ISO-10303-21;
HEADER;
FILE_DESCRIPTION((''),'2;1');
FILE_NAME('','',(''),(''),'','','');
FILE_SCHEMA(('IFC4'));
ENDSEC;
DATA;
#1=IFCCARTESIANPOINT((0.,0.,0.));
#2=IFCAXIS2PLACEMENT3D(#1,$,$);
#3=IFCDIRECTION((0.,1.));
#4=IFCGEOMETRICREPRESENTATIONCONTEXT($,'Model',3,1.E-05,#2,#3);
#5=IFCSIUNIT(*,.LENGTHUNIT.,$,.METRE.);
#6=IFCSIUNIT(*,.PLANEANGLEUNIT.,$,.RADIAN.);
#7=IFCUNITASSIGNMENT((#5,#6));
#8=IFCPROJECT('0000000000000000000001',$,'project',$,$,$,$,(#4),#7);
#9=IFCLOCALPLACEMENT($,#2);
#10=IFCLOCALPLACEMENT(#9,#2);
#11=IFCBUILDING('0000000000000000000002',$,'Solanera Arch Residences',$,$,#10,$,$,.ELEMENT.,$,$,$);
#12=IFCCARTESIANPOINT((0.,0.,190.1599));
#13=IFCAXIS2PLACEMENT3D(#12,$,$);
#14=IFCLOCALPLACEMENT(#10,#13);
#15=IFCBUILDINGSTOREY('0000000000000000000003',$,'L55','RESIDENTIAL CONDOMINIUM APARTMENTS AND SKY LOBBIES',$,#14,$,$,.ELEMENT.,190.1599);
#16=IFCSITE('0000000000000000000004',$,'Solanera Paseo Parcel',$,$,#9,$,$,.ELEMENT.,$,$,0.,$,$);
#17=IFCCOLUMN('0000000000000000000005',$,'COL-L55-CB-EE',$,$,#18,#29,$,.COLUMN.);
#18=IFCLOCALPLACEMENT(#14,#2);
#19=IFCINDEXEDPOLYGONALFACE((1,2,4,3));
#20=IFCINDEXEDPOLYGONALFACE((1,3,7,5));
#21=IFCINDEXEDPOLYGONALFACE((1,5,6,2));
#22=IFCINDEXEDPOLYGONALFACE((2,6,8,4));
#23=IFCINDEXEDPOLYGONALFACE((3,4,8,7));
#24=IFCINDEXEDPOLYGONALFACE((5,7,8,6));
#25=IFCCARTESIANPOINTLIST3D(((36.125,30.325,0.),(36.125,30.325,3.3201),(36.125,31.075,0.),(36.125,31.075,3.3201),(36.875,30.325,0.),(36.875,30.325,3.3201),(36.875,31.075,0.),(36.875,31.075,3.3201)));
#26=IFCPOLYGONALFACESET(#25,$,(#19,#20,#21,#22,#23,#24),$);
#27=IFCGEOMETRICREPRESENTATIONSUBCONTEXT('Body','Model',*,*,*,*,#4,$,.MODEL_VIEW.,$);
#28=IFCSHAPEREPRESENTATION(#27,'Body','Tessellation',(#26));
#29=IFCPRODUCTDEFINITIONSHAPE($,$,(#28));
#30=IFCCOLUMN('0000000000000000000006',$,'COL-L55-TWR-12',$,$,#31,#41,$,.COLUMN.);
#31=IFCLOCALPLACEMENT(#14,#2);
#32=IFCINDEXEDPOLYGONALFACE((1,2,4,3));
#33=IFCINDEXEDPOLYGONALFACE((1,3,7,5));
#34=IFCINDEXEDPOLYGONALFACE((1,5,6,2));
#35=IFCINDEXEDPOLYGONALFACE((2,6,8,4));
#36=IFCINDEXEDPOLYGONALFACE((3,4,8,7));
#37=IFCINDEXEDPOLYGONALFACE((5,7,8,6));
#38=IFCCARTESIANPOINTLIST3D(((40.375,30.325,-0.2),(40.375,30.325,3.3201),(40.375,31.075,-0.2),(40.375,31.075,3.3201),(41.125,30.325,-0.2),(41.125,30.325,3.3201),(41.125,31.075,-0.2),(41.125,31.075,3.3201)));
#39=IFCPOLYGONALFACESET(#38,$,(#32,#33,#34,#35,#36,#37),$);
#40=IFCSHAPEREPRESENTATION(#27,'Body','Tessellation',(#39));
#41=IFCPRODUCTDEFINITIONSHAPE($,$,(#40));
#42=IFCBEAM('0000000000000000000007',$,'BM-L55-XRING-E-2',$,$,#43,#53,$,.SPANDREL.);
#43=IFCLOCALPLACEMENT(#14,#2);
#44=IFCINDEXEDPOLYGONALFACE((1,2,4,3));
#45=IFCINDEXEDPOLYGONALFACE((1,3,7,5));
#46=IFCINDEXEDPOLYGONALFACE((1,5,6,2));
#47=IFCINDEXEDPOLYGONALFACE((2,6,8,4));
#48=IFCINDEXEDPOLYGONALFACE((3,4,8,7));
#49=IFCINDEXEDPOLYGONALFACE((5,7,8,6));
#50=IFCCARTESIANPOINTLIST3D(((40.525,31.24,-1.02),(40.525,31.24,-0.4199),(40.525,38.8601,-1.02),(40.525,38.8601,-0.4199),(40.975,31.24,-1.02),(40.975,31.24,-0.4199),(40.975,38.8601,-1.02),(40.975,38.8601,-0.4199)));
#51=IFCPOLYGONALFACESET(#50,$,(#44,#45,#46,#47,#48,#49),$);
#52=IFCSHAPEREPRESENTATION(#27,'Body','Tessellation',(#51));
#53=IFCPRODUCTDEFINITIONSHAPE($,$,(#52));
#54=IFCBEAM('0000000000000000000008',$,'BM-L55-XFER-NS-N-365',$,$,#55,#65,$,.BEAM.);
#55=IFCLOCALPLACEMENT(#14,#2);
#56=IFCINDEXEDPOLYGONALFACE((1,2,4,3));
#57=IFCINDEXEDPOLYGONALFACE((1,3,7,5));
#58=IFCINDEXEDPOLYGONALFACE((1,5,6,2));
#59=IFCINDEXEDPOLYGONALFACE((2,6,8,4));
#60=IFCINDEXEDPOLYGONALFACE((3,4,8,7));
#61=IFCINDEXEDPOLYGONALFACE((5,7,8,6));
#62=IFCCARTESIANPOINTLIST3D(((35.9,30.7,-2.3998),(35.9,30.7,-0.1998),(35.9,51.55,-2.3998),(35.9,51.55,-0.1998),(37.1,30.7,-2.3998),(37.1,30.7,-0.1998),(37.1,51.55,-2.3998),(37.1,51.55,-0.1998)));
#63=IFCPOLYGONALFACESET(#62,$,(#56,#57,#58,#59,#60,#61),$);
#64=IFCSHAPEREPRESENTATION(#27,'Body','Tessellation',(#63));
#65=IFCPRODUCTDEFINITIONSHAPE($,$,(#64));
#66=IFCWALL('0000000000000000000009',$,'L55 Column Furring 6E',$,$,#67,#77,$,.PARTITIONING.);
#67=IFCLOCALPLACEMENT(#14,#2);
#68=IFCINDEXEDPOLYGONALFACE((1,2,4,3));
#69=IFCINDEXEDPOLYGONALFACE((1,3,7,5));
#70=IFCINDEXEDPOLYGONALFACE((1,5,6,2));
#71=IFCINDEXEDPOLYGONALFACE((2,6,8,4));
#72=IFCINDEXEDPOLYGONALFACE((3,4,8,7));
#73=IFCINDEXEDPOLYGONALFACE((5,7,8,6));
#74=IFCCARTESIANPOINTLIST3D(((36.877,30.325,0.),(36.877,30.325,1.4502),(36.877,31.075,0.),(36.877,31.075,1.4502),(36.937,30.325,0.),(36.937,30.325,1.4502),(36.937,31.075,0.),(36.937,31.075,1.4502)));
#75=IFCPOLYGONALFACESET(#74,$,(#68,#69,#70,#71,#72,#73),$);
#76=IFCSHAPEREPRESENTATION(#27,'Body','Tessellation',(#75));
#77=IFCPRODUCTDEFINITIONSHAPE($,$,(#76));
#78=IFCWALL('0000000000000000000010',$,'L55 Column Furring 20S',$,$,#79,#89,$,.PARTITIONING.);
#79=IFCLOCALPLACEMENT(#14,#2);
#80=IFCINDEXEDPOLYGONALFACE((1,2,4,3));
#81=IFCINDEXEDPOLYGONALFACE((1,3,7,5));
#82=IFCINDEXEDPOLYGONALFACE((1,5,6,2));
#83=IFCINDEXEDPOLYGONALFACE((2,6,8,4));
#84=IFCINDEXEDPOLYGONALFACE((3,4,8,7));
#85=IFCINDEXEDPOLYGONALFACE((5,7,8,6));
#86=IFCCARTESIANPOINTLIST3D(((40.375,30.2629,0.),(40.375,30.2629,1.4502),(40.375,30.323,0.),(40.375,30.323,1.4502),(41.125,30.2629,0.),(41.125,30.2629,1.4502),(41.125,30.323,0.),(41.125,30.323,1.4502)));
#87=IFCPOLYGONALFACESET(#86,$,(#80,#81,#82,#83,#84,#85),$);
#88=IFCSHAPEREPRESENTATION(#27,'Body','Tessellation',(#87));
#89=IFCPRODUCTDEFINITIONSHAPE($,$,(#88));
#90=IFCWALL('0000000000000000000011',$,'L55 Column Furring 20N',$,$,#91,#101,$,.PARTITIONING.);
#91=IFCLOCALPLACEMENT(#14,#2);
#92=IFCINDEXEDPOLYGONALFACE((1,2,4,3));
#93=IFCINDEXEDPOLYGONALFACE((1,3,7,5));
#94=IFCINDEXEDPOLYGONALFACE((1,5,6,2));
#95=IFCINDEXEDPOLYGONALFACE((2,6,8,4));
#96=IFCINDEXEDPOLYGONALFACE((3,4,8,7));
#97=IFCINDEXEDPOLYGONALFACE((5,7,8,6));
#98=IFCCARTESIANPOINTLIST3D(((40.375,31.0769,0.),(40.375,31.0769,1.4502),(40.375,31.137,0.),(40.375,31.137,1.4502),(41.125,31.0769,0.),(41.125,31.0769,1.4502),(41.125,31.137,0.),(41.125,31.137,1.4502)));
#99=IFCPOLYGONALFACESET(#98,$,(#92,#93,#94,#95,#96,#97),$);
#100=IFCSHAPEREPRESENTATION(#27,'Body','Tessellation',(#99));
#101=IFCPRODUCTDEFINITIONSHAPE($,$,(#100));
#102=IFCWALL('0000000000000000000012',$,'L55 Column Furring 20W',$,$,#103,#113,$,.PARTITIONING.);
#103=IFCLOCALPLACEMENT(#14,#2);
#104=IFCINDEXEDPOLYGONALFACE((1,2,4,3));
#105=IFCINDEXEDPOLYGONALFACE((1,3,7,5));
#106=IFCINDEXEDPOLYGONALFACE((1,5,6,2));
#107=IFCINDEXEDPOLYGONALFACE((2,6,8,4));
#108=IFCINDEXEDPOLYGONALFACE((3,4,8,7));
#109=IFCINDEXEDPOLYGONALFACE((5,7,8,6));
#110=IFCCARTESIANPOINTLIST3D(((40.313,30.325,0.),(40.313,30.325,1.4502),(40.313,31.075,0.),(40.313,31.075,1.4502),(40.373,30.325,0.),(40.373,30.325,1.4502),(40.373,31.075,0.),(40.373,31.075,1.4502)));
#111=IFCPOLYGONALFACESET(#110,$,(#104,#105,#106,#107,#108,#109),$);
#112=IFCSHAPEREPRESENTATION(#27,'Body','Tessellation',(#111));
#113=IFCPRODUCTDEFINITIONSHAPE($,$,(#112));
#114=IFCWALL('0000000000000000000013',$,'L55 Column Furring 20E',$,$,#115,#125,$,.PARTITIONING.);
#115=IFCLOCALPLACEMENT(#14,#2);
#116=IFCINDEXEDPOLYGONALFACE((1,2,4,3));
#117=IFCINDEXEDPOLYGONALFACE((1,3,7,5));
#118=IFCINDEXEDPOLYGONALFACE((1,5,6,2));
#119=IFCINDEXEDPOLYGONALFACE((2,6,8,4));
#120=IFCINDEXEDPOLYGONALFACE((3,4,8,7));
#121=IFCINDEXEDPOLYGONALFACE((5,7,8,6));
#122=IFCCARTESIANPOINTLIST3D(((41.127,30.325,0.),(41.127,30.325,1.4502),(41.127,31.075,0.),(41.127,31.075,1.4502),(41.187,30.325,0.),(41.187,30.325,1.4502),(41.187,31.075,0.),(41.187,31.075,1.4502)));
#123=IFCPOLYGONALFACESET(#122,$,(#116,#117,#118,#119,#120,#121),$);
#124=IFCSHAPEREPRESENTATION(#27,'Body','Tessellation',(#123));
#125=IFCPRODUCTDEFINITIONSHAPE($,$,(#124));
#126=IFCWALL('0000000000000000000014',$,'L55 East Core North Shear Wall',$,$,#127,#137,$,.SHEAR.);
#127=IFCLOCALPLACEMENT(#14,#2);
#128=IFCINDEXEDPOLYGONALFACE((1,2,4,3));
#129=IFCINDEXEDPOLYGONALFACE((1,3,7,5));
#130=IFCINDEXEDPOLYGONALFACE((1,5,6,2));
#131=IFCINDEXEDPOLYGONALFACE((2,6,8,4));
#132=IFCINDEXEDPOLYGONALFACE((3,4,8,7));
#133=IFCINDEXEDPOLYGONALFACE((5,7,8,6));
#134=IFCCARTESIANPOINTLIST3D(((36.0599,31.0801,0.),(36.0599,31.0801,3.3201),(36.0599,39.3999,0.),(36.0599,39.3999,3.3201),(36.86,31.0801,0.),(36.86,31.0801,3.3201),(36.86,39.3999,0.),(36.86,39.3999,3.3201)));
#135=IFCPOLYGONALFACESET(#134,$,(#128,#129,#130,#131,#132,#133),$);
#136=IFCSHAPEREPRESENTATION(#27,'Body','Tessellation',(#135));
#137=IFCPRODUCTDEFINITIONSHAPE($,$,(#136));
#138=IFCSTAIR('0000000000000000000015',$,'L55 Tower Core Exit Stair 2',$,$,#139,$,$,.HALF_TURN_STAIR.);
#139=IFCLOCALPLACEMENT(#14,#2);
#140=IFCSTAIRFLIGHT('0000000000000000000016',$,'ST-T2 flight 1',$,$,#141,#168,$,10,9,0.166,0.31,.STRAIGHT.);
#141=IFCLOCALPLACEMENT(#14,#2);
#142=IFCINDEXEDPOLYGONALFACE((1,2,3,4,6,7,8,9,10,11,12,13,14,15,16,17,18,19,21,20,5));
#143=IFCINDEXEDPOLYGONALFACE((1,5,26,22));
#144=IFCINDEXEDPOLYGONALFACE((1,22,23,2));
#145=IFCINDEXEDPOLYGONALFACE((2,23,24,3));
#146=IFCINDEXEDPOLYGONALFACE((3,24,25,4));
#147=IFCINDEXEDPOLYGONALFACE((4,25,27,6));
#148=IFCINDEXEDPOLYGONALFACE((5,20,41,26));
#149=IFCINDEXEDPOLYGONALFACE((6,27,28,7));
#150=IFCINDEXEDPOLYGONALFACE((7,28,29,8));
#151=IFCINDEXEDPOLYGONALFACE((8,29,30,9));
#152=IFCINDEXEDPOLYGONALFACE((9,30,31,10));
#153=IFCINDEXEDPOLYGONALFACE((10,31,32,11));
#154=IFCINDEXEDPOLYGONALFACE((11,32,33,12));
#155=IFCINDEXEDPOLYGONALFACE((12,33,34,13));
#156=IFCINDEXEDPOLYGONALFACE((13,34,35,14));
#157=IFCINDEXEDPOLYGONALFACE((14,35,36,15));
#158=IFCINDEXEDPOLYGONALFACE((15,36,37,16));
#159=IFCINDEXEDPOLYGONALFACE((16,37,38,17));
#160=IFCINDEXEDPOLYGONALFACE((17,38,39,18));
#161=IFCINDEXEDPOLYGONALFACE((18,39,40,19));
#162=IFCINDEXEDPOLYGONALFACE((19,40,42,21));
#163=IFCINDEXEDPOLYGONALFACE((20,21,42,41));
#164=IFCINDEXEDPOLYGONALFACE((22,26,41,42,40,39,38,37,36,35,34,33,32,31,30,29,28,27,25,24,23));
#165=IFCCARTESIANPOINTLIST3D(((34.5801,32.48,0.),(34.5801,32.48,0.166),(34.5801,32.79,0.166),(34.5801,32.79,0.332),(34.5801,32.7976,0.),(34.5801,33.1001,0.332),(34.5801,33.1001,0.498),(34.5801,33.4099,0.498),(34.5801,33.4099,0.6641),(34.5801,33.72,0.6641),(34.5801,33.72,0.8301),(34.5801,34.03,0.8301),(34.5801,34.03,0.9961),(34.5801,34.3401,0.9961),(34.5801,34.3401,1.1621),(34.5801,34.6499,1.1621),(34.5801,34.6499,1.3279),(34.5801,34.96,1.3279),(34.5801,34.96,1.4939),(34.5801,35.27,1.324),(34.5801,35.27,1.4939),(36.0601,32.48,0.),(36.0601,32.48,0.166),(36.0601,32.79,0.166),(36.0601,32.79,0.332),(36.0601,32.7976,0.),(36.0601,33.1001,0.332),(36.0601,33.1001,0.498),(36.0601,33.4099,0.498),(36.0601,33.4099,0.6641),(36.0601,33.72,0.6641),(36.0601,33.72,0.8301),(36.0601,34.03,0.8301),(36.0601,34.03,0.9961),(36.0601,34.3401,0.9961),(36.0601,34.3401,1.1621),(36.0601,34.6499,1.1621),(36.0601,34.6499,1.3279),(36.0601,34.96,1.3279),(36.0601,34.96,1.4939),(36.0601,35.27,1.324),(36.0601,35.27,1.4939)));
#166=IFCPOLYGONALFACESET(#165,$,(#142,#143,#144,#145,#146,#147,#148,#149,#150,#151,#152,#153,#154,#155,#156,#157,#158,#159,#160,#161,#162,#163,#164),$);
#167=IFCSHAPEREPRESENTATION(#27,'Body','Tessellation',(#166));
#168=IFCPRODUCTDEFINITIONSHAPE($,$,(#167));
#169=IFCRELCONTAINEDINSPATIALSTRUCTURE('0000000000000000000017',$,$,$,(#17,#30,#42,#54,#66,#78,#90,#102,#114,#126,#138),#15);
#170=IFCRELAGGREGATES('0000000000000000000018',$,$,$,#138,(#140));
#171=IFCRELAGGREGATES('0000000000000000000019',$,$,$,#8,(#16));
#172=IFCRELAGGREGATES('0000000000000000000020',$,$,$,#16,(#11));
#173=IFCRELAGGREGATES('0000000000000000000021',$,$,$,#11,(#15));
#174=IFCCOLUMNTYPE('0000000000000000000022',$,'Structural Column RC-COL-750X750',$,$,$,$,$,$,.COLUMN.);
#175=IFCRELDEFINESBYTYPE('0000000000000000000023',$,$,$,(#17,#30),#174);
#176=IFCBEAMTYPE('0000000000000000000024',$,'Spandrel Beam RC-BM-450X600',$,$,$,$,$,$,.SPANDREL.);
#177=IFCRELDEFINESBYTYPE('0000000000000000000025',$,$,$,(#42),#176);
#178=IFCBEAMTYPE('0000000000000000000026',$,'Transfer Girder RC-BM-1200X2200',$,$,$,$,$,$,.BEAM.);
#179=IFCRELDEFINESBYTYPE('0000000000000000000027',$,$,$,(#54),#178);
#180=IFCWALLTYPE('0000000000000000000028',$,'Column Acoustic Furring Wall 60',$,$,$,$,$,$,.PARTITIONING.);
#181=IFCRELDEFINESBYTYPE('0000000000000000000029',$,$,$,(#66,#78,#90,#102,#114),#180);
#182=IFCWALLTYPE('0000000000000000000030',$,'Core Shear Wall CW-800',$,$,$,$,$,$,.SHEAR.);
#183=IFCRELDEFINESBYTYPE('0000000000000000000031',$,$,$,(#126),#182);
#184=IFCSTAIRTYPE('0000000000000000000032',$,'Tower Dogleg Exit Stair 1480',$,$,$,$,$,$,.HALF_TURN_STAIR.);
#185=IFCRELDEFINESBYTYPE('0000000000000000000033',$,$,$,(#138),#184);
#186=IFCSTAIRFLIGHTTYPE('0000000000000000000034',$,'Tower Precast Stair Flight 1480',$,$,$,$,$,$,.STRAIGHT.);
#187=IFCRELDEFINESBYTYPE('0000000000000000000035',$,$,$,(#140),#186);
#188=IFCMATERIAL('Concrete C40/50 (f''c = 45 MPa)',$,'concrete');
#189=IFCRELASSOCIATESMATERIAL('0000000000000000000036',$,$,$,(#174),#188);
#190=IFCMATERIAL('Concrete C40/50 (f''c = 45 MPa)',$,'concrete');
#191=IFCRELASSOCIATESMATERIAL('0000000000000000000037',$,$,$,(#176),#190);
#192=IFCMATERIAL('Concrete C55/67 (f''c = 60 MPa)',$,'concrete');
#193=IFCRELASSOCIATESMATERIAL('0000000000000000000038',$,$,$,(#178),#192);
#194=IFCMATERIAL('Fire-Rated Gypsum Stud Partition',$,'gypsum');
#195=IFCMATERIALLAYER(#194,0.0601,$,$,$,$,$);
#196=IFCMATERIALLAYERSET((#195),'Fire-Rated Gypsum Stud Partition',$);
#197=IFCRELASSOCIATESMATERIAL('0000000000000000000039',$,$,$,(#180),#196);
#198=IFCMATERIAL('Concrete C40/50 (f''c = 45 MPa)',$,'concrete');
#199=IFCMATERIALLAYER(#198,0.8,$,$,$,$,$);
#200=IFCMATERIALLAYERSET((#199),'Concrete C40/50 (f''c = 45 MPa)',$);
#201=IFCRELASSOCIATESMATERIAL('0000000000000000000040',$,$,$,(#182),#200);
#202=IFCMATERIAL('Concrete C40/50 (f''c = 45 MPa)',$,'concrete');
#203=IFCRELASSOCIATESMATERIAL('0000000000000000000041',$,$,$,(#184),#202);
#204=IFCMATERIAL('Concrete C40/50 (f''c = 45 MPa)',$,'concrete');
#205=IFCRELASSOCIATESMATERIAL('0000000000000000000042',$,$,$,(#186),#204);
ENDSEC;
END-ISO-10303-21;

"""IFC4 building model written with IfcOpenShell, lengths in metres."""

from ifc_helpers import new_model, si_unit, direction, frame, frame_2d, origin, origin_2d, place, context, subcontext, project, spatial, polyline, rectangle, outline, extrude, material, layer, layer_set, material_profile, profile_set, type_object, element, aggregate, save


model = new_model("IFC4")

# Units and contexts
model_context = context("Model", 3, precision=1e-05, world=origin(), true_north=direction((0.0, 1.0)))
body_context = subcontext(model_context, "Body", "Model", "MODEL_VIEW")
ifc_project = project(units=[si_unit("LENGTHUNIT", "METRE"), si_unit("PLANEANGLEUNIT", "RADIAN")], contexts=[model_context])

# Site, building, storey
site_placement = place(None, origin())
site = spatial("IfcSite", under=ifc_project, at=site_placement, Name="Solanera Paseo Parcel", CompositionType="ELEMENT", RefElevation=0.0)
building_placement = place(site_placement, origin())
building = spatial("IfcBuilding", under=site, at=building_placement, Name="Solanera Arch Residences", CompositionType="ELEMENT")
storey_placement = place(building_placement, frame((0.0, 0.0, 190.1599)))
storey = spatial("IfcBuildingStorey", under=building, at=storey_placement, Name="L55", Description="RESIDENTIAL CONDOMINIUM APARTMENTS AND SKY LOBBIES", CompositionType="ELEMENT", Elevation=190.1599)

# Columns
ifc_material_1 = material(Name="Concrete C40/50 (f'c = 45 MPa)", Category="concrete")
ifc_material_profile_1 = material_profile(ifc_material_1, rectangle(XDim=0.75, YDim=0.75, at=origin_2d()))
ifc_profile_set_1 = profile_set([ifc_material_profile_1], Name="Concrete C40/50 (f'c = 45 MPa)")
column_type = type_object("IfcColumnType", Name="Structural Column RC-COL-750X750", PredefinedType="COLUMN", material=ifc_profile_set_1)
column_1_placement = place(storey_placement, frame((36.5, 30.7, 0.0), z_axis=(0.0, 0.0, 1.0), x_axis=(1.0, 0.0, 0.0)))
element("IfcColumn", 1, at=column_1_placement, inside=storey, type_object=column_type, Name="COL-L55-CB-EE", PredefinedType="COLUMN", context=body_context, shape_type="SweptSolid", body=[
    extrude(rectangle(XDim=0.75, YDim=0.75, at=origin_2d()), origin(), (0.0, 0.0, 1.0), 3.3201),
])
column_2_placement = place(storey_placement, frame((40.75, 30.7, -0.2), z_axis=(0.0, 0.0, 1.0), x_axis=(1.0, 0.0, 0.0)))
element("IfcColumn", 2, at=column_2_placement, inside=storey, type_object=column_type, Name="COL-L55-TWR-12", PredefinedType="COLUMN", context=body_context, shape_type="SweptSolid", body=[
    extrude(rectangle(XDim=0.75, YDim=0.75, at=origin_2d()), origin(), (0.0, 0.0, 1.0), 3.52),
])

# Beams
ifc_material_2 = material(Name="Concrete C40/50 (f'c = 45 MPa)", Category="concrete")
ifc_material_profile_2 = material_profile(ifc_material_2, rectangle(XDim=0.45, YDim=0.6001, at=origin_2d()))
ifc_profile_set_2 = profile_set([ifc_material_profile_2], Name="Concrete C40/50 (f'c = 45 MPa)")
beam_type_1 = type_object("IfcBeamType", Name="Spandrel Beam RC-BM-450X600", PredefinedType="SPANDREL", material=ifc_profile_set_2)
beam_1_placement = place(storey_placement, frame((40.75, 31.24, -0.72), z_axis=(0.0, 1.0, 0.0), x_axis=(-1.0, 0.0, 0.0)))
element("IfcBeam", 3, at=beam_1_placement, inside=storey, type_object=beam_type_1, Name="BM-L55-XRING-E-2", PredefinedType="SPANDREL", context=body_context, shape_type="SweptSolid", body=[
    extrude(rectangle(XDim=0.45, YDim=0.6001, at=origin_2d()), origin(), (0.0, 0.0, 1.0), 7.6201),
])
ifc_material_3 = material(Name="Concrete C55/67 (f'c = 60 MPa)", Category="concrete")
ifc_material_profile_3 = material_profile(ifc_material_3, rectangle(XDim=1.2, YDim=2.2, at=origin_2d()))
ifc_profile_set_3 = profile_set([ifc_material_profile_3], Name="Concrete C55/67 (f'c = 60 MPa)")
beam_type_2 = type_object("IfcBeamType", Name="Transfer Girder RC-BM-1200X2200", PredefinedType="BEAM", material=ifc_profile_set_3)
beam_2_placement = place(storey_placement, frame((36.5, 30.7, -1.2998), z_axis=(0.0, 1.0, 0.0), x_axis=(-1.0, 0.0, 0.0)))
element("IfcBeam", 4, at=beam_2_placement, inside=storey, type_object=beam_type_2, Name="BM-L55-XFER-NS-N-365", PredefinedType="BEAM", context=body_context, shape_type="SweptSolid", body=[
    extrude(rectangle(XDim=1.2, YDim=2.2, at=origin_2d()), origin(), (0.0, 0.0, 1.0), 20.8501),
])

# Walls
ifc_material_4 = material(Name="Fire-Rated Gypsum Stud Partition", Category="gypsum")
ifc_layer_1 = layer(ifc_material_4, 0.0601)
ifc_layer_set_1 = layer_set([ifc_layer_1], Name="Fire-Rated Gypsum Stud Partition")
wall_type_1 = type_object("IfcWallType", Name="Column Acoustic Furring Wall 60", PredefinedType="PARTITIONING", material=ifc_layer_set_1)
for number, where, z_axis, x_axis, name in (
    (5, (36.907, 30.325, 0.0), (0.0, 0.0, 1.0), (0.0, 1.0, 0.0), "L55 Column Furring 6E"),
    (6, (40.375, 30.293, 0.0), (0.0, 0.0, 1.0), (1.0, 0.0, 0.0), "L55 Column Furring 20S"),
    (7, (40.375, 31.1069, 0.0), (0.0, 0.0, 1.0), (1.0, 0.0, 0.0), "L55 Column Furring 20N"),
    (8, (40.343, 30.325, 0.0), (0.0, 0.0, 1.0), (0.0, 1.0, 0.0), "L55 Column Furring 20W"),
    (9, (41.157, 30.325, 0.0), (0.0, 0.0, 1.0), (0.0, 1.0, 0.0), "L55 Column Furring 20E"),
):
    element("IfcWall", number, at=place(storey_placement, frame(where, z_axis=z_axis, x_axis=x_axis)), inside=storey, type_object=wall_type_1, Name=name, PredefinedType="PARTITIONING", context=body_context, shape_type="SweptSolid", body=[
        extrude(rectangle(XDim=0.75, YDim=0.0601, at=frame_2d((0.375, 0.0))), origin(), (0.0, 0.0, 1.0), 1.4502),
    ])

# Wall
ifc_material_5 = material(Name="Concrete C40/50 (f'c = 45 MPa)", Category="concrete")
ifc_layer_2 = layer(ifc_material_5, 0.8)
ifc_layer_set_2 = layer_set([ifc_layer_2], Name="Concrete C40/50 (f'c = 45 MPa)")
wall_type_2 = type_object("IfcWallType", Name="Core Shear Wall CW-800", PredefinedType="SHEAR", material=ifc_layer_set_2)
wall_1_placement = place(storey_placement, frame((36.46, 31.0801, 0.0), z_axis=(0.0, 0.0, 1.0), x_axis=(0.0, 1.0, 0.0)))
element("IfcWall", 10, at=wall_1_placement, inside=storey, type_object=wall_type_2, Name="L55 East Core North Shear Wall", PredefinedType="SHEAR", context=body_context, shape_type="SweptSolid", body=[
    extrude(rectangle(XDim=8.3198, YDim=0.8, at=frame_2d((4.1599, 0.0))), origin(), (0.0, 0.0, 1.0), 3.3201),
])

# Stair, stair flight
ifc_material_6 = material(Name="Concrete C40/50 (f'c = 45 MPa)", Category="concrete")
stair_type = type_object("IfcStairType", Name="Tower Dogleg Exit Stair 1480", PredefinedType="HALF_TURN_STAIR", material=ifc_material_6)
stair_placement = place(storey_placement, origin())
stair = element("IfcStair", 11, at=stair_placement, inside=storey, type_object=stair_type, Name="L55 Tower Core Exit Stair 2", PredefinedType="HALF_TURN_STAIR")
ifc_material_7 = material(Name="Concrete C40/50 (f'c = 45 MPa)", Category="concrete")
stair_flight_type = type_object("IfcStairFlightType", Name="Tower Precast Stair Flight 1480", PredefinedType="STRAIGHT", material=ifc_material_7)
stair_flight_1_placement = place(storey_placement, frame((35.3201, 32.48, 0.0), z_axis=(0.0, 0.0, 1.0), x_axis=(0.0, 1.0, 0.0)))
stair_flight_1 = element("IfcStairFlight", 12, at=stair_flight_1_placement, type_object=stair_flight_type, Name="ST-T2 flight 1", NumberOfRisers=10, NumberOfTreads=9, PredefinedType="STRAIGHT", RiserHeight=0.166, TreadLength=0.31, context=body_context, shape_type="SweptSolid", body=[
    extrude(outline(polyline([(0.0, 0.0), (0.0, 0.166), (0.3101, 0.166), (0.3101, 0.332), (0.6201, 0.332), (0.6201, 0.498), (0.9299, 0.498), (0.9299, 0.6641), (1.24, 0.6641), (1.24, 0.8301), (1.55, 0.8301), (1.55, 0.9961), (1.8601, 0.9961), (1.8601, 1.1621), (2.1699, 1.1621), (2.1699, 1.3279), (2.48, 1.3279), (2.48, 1.4939), (2.79, 1.4939), (2.79, 1.6599), (2.79, 1.324), (0.3176, 0.0), (0.0, 0.0)])), frame((0.0, 0.74, 0.0), z_axis=(0.0, -1.0, 0.0), x_axis=(1.0, 0.0, 0.0)), (0.0, 0.0, 1.0), 1.48),
])
aggregate(stair, [stair_flight_1])

save(model, "model.ifc")
